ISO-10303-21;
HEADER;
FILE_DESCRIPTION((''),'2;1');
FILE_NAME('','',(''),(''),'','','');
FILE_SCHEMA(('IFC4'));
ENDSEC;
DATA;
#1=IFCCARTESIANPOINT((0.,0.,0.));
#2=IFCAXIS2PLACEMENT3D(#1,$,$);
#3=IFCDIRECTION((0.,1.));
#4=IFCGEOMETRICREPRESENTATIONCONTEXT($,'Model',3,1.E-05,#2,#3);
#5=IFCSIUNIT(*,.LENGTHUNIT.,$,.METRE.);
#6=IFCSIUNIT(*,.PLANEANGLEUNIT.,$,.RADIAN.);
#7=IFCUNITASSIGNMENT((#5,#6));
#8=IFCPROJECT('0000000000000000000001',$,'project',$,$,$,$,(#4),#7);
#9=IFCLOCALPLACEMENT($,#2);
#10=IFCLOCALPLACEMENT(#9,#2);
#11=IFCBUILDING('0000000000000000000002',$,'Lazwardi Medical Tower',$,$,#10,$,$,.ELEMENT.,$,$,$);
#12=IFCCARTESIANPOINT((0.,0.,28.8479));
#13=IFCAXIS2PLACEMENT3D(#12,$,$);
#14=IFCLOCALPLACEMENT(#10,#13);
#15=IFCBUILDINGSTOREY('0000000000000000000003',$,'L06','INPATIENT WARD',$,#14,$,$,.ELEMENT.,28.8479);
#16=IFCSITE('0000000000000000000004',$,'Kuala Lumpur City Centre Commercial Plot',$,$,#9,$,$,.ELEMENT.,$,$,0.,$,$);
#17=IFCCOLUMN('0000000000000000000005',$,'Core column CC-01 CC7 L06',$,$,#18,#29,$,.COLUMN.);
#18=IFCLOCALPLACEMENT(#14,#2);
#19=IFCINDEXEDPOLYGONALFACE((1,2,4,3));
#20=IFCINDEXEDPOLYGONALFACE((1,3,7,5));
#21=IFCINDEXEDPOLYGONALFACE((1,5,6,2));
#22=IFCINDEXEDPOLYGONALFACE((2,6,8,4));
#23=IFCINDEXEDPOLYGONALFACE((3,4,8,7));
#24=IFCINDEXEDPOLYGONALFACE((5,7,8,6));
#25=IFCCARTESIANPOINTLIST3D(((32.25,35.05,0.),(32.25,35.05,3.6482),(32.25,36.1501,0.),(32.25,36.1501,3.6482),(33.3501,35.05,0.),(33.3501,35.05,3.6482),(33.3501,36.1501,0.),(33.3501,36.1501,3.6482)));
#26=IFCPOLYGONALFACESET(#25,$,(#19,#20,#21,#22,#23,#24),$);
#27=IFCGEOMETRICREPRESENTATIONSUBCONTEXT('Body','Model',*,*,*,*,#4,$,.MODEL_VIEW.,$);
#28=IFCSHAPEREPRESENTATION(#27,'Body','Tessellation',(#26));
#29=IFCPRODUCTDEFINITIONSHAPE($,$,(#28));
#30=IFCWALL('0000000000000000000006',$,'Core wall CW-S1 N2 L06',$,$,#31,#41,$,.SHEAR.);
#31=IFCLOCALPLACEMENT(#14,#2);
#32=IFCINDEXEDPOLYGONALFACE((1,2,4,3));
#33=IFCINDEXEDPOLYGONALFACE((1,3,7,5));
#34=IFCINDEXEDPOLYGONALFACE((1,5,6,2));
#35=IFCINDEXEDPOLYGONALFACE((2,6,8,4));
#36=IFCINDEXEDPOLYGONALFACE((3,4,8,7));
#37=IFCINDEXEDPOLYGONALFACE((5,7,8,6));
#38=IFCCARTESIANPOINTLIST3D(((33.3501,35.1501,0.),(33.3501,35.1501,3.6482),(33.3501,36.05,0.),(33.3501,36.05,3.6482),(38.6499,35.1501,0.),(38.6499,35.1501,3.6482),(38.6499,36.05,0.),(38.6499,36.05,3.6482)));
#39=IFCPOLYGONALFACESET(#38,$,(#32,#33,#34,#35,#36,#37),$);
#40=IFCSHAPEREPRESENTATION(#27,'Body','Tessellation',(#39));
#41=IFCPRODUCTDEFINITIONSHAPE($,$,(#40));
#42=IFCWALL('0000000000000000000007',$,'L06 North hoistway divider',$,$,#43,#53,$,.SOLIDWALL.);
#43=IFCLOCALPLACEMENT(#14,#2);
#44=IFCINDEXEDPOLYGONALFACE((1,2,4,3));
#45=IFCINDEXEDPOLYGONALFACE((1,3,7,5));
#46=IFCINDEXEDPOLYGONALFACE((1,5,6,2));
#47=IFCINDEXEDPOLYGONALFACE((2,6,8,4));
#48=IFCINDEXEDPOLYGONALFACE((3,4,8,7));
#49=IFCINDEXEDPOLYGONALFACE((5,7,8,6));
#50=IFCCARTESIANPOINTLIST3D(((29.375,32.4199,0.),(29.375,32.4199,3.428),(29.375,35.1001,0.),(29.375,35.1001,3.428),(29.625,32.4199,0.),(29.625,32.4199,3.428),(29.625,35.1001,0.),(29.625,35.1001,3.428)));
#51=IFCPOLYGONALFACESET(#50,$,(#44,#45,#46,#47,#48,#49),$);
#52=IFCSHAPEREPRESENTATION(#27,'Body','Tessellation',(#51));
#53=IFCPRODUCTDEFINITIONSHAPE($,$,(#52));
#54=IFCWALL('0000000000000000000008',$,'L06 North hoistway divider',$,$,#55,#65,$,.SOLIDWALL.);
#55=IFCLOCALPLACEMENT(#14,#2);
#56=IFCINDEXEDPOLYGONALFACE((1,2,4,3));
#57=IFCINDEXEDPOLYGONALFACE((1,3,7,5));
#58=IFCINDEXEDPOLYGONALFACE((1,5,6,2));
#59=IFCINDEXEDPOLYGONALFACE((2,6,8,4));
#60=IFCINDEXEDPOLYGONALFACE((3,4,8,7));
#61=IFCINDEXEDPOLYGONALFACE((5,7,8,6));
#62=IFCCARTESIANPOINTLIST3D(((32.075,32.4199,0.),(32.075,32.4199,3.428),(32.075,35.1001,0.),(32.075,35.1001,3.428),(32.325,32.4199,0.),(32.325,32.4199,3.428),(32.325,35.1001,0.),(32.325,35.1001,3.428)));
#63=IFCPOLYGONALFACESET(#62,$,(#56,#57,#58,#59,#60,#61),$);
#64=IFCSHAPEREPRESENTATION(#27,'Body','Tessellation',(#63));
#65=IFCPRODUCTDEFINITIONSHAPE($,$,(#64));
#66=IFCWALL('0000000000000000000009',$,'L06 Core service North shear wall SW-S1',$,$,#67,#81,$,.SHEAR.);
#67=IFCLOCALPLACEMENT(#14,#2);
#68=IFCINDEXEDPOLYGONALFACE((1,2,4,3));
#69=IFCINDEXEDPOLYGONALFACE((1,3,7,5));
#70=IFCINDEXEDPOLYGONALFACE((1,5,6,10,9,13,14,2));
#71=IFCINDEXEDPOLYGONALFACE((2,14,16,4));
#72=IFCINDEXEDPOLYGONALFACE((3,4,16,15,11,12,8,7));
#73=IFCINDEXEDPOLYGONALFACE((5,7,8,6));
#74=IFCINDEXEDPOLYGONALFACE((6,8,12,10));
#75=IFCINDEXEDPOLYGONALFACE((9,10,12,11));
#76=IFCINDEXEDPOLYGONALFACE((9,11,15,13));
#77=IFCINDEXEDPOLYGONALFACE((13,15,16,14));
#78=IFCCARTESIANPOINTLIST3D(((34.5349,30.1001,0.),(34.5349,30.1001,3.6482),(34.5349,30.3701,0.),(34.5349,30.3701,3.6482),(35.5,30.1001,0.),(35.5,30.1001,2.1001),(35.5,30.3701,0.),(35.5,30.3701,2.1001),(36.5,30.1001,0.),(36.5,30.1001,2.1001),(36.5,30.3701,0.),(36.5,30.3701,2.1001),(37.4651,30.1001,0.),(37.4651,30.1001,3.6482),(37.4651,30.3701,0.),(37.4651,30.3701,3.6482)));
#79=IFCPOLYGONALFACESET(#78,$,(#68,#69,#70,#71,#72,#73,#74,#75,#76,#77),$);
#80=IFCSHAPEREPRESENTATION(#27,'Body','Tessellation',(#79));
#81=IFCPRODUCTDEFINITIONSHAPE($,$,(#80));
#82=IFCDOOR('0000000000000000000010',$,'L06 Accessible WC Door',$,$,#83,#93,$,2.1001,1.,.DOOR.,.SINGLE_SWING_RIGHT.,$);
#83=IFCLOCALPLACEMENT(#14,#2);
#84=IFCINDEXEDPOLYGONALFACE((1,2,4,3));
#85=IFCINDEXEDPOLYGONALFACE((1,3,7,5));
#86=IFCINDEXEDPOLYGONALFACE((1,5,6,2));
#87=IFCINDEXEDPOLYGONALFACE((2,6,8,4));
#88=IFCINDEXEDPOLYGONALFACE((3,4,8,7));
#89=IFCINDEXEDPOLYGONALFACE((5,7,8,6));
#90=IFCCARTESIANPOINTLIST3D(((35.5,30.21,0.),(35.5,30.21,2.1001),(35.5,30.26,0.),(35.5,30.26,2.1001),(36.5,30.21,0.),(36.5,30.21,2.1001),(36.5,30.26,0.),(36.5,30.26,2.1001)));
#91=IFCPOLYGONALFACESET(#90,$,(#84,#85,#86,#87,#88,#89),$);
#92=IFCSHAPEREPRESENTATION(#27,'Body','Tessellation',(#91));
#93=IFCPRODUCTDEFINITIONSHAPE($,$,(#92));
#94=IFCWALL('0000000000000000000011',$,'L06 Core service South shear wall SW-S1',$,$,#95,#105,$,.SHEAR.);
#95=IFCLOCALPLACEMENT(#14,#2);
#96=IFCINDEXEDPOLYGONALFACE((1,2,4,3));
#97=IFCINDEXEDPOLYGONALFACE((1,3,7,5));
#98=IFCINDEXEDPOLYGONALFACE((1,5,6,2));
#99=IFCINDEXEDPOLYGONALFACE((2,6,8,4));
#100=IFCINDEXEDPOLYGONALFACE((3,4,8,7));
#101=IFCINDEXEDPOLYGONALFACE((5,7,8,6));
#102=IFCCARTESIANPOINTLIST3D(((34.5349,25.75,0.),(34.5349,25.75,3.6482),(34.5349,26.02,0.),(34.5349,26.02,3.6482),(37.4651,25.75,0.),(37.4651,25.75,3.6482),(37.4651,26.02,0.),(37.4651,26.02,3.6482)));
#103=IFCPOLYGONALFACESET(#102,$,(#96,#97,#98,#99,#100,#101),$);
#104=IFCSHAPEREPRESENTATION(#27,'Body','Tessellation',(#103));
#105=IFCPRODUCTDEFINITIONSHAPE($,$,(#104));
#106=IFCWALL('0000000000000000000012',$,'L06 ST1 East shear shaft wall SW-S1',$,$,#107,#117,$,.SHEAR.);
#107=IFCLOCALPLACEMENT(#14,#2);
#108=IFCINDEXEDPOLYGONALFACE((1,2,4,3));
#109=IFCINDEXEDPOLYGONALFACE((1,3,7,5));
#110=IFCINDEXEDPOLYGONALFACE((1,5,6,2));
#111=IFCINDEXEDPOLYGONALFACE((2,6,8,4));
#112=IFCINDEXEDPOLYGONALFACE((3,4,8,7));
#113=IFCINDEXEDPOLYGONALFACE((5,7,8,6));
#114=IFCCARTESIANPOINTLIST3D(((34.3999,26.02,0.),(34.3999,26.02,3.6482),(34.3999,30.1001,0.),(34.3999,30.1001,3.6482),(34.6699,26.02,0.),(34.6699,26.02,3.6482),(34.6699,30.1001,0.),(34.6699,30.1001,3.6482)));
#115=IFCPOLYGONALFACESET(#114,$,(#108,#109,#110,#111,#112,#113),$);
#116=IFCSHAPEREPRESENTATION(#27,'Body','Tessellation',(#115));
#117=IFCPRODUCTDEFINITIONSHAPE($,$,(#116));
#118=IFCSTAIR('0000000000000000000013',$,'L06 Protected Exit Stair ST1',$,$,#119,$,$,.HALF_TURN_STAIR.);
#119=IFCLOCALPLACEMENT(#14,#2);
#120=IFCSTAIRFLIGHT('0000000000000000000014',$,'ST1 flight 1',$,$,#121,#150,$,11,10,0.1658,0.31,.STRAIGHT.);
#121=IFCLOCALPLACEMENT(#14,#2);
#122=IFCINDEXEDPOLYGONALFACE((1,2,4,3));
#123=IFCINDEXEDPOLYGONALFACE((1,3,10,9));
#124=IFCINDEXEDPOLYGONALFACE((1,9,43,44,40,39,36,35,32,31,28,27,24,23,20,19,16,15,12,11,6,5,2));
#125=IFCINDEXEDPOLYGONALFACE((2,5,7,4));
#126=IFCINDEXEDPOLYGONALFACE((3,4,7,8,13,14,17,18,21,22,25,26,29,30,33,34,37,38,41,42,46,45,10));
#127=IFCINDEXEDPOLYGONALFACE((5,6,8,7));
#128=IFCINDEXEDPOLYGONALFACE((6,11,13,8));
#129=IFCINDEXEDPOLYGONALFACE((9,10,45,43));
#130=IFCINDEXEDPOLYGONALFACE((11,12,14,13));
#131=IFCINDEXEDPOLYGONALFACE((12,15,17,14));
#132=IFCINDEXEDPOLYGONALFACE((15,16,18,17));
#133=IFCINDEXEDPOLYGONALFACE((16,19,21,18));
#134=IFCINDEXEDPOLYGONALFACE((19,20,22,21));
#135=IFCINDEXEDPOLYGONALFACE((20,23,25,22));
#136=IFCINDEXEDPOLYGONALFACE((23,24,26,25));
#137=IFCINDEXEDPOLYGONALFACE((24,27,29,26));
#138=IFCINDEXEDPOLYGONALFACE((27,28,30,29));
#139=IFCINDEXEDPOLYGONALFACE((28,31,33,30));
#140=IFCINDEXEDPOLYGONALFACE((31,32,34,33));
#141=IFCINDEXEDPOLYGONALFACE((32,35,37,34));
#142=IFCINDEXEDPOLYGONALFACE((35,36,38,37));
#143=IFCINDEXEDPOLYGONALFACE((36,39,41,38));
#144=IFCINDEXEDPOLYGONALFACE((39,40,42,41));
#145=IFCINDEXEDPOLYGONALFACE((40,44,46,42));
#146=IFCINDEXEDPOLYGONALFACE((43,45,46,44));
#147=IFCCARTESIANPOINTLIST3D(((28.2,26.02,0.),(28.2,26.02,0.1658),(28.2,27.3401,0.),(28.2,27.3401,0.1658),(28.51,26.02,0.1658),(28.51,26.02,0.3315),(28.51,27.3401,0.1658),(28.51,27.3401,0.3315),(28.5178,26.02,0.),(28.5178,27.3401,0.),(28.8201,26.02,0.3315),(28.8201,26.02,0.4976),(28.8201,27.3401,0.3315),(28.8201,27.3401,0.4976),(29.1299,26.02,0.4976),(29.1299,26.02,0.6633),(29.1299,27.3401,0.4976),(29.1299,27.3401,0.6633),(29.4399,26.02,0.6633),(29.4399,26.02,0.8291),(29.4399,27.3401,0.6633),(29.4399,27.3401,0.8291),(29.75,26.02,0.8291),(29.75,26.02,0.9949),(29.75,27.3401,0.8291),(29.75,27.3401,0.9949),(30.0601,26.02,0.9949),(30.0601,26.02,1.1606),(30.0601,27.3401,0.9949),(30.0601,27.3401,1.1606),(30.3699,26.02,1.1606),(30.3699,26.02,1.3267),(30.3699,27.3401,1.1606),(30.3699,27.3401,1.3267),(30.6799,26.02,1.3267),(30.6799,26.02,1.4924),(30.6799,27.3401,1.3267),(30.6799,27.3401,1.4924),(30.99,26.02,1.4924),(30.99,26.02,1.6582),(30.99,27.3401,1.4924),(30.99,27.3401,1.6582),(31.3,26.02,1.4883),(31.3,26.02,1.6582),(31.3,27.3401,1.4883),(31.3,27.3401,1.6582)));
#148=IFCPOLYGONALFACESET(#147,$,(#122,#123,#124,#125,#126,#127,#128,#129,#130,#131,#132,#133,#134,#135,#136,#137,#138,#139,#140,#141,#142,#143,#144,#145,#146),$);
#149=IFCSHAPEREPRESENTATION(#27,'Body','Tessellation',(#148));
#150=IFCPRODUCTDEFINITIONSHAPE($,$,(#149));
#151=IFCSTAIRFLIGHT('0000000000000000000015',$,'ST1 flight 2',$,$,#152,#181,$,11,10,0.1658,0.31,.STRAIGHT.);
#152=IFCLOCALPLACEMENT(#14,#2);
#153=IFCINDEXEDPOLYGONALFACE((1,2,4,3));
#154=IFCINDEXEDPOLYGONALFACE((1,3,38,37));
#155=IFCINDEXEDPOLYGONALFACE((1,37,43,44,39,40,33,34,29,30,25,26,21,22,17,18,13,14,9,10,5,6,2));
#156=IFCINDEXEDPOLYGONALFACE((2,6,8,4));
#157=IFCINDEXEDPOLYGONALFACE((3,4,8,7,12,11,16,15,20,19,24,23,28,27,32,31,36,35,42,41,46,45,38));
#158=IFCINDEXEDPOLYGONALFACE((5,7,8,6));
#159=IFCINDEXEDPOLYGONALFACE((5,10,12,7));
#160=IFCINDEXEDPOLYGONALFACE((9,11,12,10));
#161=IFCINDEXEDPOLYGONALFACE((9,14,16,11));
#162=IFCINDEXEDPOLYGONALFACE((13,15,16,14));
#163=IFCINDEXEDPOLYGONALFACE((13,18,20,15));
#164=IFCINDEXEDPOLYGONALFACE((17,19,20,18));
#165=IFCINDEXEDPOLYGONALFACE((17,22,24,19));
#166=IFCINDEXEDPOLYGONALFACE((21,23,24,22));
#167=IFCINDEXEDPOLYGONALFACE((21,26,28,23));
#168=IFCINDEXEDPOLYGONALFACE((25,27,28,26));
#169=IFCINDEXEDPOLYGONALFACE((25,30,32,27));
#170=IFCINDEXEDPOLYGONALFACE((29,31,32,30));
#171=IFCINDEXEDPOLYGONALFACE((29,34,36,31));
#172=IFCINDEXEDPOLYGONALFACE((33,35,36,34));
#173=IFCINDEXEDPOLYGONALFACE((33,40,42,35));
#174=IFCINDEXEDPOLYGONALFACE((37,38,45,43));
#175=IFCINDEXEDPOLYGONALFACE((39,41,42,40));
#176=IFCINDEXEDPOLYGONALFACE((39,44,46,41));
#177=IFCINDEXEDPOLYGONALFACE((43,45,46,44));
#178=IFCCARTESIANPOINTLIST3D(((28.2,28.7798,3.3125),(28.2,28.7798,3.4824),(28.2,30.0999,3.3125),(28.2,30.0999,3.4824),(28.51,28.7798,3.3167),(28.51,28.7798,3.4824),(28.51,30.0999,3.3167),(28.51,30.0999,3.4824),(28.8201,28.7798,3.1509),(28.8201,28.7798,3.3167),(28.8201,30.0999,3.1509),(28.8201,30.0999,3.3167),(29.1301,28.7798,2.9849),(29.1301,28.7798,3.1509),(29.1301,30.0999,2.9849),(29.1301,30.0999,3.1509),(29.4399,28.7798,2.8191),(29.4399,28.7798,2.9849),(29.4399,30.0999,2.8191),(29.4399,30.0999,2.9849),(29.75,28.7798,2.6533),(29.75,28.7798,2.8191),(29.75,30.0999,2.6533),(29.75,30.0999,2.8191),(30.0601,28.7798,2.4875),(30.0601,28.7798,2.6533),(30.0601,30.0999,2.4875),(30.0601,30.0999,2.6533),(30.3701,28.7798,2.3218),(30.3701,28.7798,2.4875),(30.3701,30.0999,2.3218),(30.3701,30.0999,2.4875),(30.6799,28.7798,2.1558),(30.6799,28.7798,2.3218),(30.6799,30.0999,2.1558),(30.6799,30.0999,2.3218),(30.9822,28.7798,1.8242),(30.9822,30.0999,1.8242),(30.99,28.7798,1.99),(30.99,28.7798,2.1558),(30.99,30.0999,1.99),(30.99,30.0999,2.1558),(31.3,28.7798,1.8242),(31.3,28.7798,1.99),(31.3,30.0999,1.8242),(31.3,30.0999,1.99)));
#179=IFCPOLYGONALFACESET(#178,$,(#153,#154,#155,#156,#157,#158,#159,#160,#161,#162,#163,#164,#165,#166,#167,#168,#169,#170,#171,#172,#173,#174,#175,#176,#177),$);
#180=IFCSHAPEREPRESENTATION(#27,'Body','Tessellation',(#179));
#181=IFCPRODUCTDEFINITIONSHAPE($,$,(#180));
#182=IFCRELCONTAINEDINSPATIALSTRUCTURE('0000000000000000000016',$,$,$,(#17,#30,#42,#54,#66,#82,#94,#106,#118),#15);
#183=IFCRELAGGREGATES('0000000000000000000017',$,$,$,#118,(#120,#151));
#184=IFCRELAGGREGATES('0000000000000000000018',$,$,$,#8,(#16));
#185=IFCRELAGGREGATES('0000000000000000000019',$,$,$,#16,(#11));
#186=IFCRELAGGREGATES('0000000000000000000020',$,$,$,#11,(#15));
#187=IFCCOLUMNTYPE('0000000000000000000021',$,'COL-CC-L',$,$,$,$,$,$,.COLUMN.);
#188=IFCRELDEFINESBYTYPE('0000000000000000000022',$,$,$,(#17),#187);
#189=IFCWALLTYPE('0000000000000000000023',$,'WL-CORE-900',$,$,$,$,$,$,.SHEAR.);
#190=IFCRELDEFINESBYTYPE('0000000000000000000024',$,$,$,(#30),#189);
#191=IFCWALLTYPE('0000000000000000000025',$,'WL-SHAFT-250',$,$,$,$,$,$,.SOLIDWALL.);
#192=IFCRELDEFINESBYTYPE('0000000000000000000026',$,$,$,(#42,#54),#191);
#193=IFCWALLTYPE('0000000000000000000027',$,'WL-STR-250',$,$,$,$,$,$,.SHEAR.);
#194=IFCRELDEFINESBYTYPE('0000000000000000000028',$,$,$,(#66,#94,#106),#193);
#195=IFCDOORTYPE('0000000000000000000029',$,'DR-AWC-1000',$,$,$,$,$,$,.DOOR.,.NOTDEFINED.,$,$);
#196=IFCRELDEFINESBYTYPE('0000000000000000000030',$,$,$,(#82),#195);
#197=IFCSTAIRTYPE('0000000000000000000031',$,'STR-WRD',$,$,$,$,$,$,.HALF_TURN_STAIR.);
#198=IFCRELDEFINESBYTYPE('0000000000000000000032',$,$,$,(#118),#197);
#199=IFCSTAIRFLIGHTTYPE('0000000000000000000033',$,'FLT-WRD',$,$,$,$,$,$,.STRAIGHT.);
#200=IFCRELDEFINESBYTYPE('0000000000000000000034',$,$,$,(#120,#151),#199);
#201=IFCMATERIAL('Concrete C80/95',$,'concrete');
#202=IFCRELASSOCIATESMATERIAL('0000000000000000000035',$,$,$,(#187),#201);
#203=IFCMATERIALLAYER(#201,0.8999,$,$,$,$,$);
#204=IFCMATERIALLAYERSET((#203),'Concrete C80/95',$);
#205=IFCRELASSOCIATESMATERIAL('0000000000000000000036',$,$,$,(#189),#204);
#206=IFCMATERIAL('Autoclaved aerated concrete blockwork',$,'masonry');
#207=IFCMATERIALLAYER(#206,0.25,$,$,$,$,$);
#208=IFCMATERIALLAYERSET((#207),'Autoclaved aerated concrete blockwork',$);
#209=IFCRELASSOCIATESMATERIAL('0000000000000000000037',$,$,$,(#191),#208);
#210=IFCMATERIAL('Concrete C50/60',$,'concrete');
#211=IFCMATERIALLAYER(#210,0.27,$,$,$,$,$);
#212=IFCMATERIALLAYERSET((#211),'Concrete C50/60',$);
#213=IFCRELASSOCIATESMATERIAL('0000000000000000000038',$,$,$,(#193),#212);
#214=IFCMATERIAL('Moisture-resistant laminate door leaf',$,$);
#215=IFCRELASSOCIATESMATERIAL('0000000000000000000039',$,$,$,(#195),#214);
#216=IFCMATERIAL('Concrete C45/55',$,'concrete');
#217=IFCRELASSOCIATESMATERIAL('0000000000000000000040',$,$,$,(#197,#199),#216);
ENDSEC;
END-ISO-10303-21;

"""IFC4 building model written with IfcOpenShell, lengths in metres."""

from ifc_helpers import new_model, si_unit, direction, frame, frame_2d, origin, origin_2d, place, context, subcontext, project, spatial, polyline, rectangle, outline, extrude, material, layer, layer_set, material_profile, profile_set, type_object, element, fill, aggregate, save


model = new_model("IFC4")

# Units and contexts
model_context = context("Model", 3, precision=1e-05, world=origin(), true_north=direction((0.0, 1.0)))
body_context = subcontext(model_context, "Body", "Model", "MODEL_VIEW")
ifc_project = project(units=[si_unit("LENGTHUNIT", "METRE"), si_unit("PLANEANGLEUNIT", "RADIAN")], contexts=[model_context])

# Site, building, storey
site_placement = place(None, origin())
site = spatial("IfcSite", under=ifc_project, at=site_placement, Name="Kuala Lumpur City Centre Commercial Plot", CompositionType="ELEMENT", RefElevation=0.0)
building_placement = place(site_placement, origin())
building = spatial("IfcBuilding", under=site, at=building_placement, Name="Lazwardi Medical Tower", CompositionType="ELEMENT")
storey_placement = place(building_placement, frame((0.0, 0.0, 28.8479)))
storey = spatial("IfcBuildingStorey", under=building, at=storey_placement, Name="L06", Description="INPATIENT WARD", CompositionType="ELEMENT", Elevation=28.8479)

# Column
ifc_material_1 = material(Name="Concrete C80/95", Category="concrete")
ifc_material_profile = material_profile(ifc_material_1, rectangle(XDim=1.1001, YDim=1.1001, at=origin_2d()), Name="RC 1100x1100")
ifc_profile_set = profile_set([ifc_material_profile], Name="Concrete C80/95")
column_type = type_object("IfcColumnType", Name="COL-CC-L", PredefinedType="COLUMN", material=ifc_profile_set)
column_placement = place(storey_placement, frame((32.8, 35.6001, 0.0), z_axis=(0.0, 0.0, 1.0), x_axis=(1.0, 0.0, 0.0)))
element("IfcColumn", 1, at=column_placement, inside=storey, type_object=column_type, Name="Core column CC-01 CC7 L06", PredefinedType="COLUMN", context=body_context, shape_type="SweptSolid", body=[
    extrude(rectangle(XDim=1.1001, YDim=1.1001, at=origin_2d()), origin(), (0.0, 0.0, 1.0), 3.6482),
])

# Walls
ifc_layer_1 = layer(ifc_material_1, 0.8999)
ifc_layer_set_1 = layer_set([ifc_layer_1], Name="Concrete C80/95")
wall_type_1 = type_object("IfcWallType", Name="WL-CORE-900", PredefinedType="SHEAR", material=ifc_layer_set_1)
wall_1_placement = place(storey_placement, frame((33.3501, 35.6001, 0.0), z_axis=(0.0, 0.0, 1.0), x_axis=(1.0, 0.0, 0.0)))
element("IfcWall", 2, at=wall_1_placement, inside=storey, type_object=wall_type_1, Name="Core wall CW-S1 N2 L06", PredefinedType="SHEAR", context=body_context, shape_type="SweptSolid", body=[
    extrude(rectangle(XDim=5.2998, YDim=0.8999, at=frame_2d((2.6499, 0.0))), origin(), (0.0, 0.0, 1.0), 3.6482),
])
ifc_material_2 = material(Name="Autoclaved aerated concrete blockwork", Category="masonry")
ifc_layer_2 = layer(ifc_material_2, 0.25)
ifc_layer_set_2 = layer_set([ifc_layer_2], Name="Autoclaved aerated concrete blockwork")
wall_type_2 = type_object("IfcWallType", Name="WL-SHAFT-250", PredefinedType="SOLIDWALL", material=ifc_layer_set_2)
for number, where, z_axis, x_axis, name in (
    (3, (29.5, 32.4199, 0.0), (0.0, 0.0, 1.0), (0.0, 1.0, 0.0), "L06 North hoistway divider"),
    (4, (32.2, 32.4199, 0.0), (0.0, 0.0, 1.0), (0.0, 1.0, 0.0), "L06 North hoistway divider"),
):
    element("IfcWall", number, at=place(storey_placement, frame(where, z_axis=z_axis, x_axis=x_axis)), inside=storey, type_object=wall_type_2, Name=name, PredefinedType="SOLIDWALL", context=body_context, shape_type="SweptSolid", body=[
        extrude(rectangle(XDim=2.6802, YDim=0.25, at=frame_2d((1.3401, 0.0))), origin(), (0.0, 0.0, 1.0), 3.428),
    ])

# Wall, opening, door
ifc_material_3 = material(Name="Concrete C50/60", Category="concrete")
ifc_layer_3 = layer(ifc_material_3, 0.27)
ifc_layer_set_3 = layer_set([ifc_layer_3], Name="Concrete C50/60")
wall_type_3 = type_object("IfcWallType", Name="WL-STR-250", PredefinedType="SHEAR", material=ifc_layer_set_3)
wall_2_placement = place(storey_placement, frame((34.5349, 30.2351, 0.0), z_axis=(0.0, 0.0, 1.0), x_axis=(1.0, 0.0, 0.0)))
wall_2 = element("IfcWall", 5, at=wall_2_placement, inside=storey, type_object=wall_type_3, Name="L06 Core service North shear wall SW-S1", PredefinedType="SHEAR", context=body_context, shape_type="SweptSolid", body=[
    extrude(rectangle(XDim=2.9302, YDim=0.27, at=frame_2d((1.4651, 0.0))), origin(), (0.0, 0.0, 1.0), 3.6482),
])
opening_placement = place(wall_2_placement, frame((0.9651, 0.0, 0.0)))
opening = element("IfcOpeningElement", 6, at=opening_placement, cuts=wall_2, PredefinedType="OPENING", context=body_context, shape_type="SweptSolid", body=[
    extrude(rectangle(XDim=1.0, YDim=2.1001, at=frame_2d((0.5, 1.05))), frame((0.0, 0.145, 0.0), z_axis=(0.0, -1.0, 0.0), x_axis=(1.0, 0.0, 0.0)), (0.0, 0.0, 1.0), 0.29),
])
ifc_material_4 = material(Name="Moisture-resistant laminate door leaf")
door_type = type_object("IfcDoorType", Name="DR-AWC-1000", OperationType="NOTDEFINED", PredefinedType="DOOR", material=ifc_material_4)
door_placement = place(opening_placement, origin())
door = element("IfcDoor", 7, at=door_placement, inside=storey, type_object=door_type, Name="L06 Accessible WC Door", OperationType="SINGLE_SWING_RIGHT", OverallHeight=2.1001, OverallWidth=1.0, PredefinedType="DOOR", context=body_context, shape_type="SweptSolid", body=[
    extrude(rectangle(XDim=1.0, YDim=2.1001, at=frame_2d((0.5, 1.05))), frame((0.0, 0.0249, 0.0), z_axis=(0.0, -1.0, 0.0), x_axis=(1.0, 0.0, 0.0)), (0.0, 0.0, 1.0), 0.05),
])
fill(opening, door)

# Walls
wall_3_placement = place(storey_placement, frame((34.5349, 25.885, 0.0), z_axis=(0.0, 0.0, 1.0), x_axis=(1.0, 0.0, 0.0)))
element("IfcWall", 8, at=wall_3_placement, inside=storey, type_object=wall_type_3, Name="L06 Core service South shear wall SW-S1", PredefinedType="SHEAR", context=body_context, shape_type="SweptSolid", body=[
    extrude(rectangle(XDim=2.9302, YDim=0.27, at=frame_2d((1.4651, 0.0))), origin(), (0.0, 0.0, 1.0), 3.6482),
])
wall_4_placement = place(storey_placement, frame((34.5349, 26.02, 0.0), z_axis=(0.0, 0.0, 1.0), x_axis=(0.0, 1.0, 0.0)))
element("IfcWall", 9, at=wall_4_placement, inside=storey, type_object=wall_type_3, Name="L06 ST1 East shear shaft wall SW-S1", PredefinedType="SHEAR", context=body_context, shape_type="SweptSolid", body=[
    extrude(rectangle(XDim=4.0801, YDim=0.27, at=frame_2d((2.04, 0.0))), origin(), (0.0, 0.0, 1.0), 3.6482),
])

# Stair, stair flights
ifc_material_5 = material(Name="Concrete C45/55", Category="concrete")
stair_type = type_object("IfcStairType", Name="STR-WRD", PredefinedType="HALF_TURN_STAIR", material=ifc_material_5)
stair_placement = place(storey_placement, origin())
stair = element("IfcStair", 10, at=stair_placement, inside=storey, type_object=stair_type, Name="L06 Protected Exit Stair ST1", PredefinedType="HALF_TURN_STAIR")
stair_flight_type = type_object("IfcStairFlightType", Name="FLT-WRD", PredefinedType="STRAIGHT", material=ifc_material_5)
stair_flight_1_placement = place(storey_placement, frame((28.2, 26.6799, 0.0), z_axis=(0.0, 0.0, 1.0), x_axis=(1.0, 0.0, 0.0)))
stair_flight_1 = element("IfcStairFlight", 11, at=stair_flight_1_placement, type_object=stair_flight_type, Name="ST1 flight 1", NumberOfRisers=11, NumberOfTreads=10, PredefinedType="STRAIGHT", RiserHeight=0.1658, TreadLength=0.31, context=body_context, shape_type="SweptSolid", body=[
    extrude(outline(polyline([(0.0, 0.0), (0.0, 0.1658), (0.3101, 0.1658), (0.3101, 0.3315), (0.6201, 0.3315), (0.6201, 0.4976), (0.9299, 0.4976), (0.9299, 0.6633), (1.24, 0.6633), (1.24, 0.8291), (1.55, 0.8291), (1.55, 0.9949), (1.8601, 0.9949), (1.8601, 1.1606), (2.1699, 1.1606), (2.1699, 1.3267), (2.48, 1.3267), (2.48, 1.4924), (2.79, 1.4924), (2.79, 1.6582), (3.1001, 1.6582), (3.1001, 1.824), (3.1001, 1.4883), (0.3179, 0.0), (0.0, 0.0)])), frame((0.0, 0.6602, 0.0), z_axis=(0.0, -1.0, 0.0), x_axis=(1.0, 0.0, 0.0)), (0.0, 0.0, 1.0), 1.3201),
])
stair_flight_2_placement = place(storey_placement, frame((31.3, 29.4399, 1.8242), z_axis=(0.0, 0.0, 1.0), x_axis=(-1.0, 0.0, 0.0)))
stair_flight_2 = element("IfcStairFlight", 12, at=stair_flight_2_placement, type_object=stair_flight_type, Name="ST1 flight 2", NumberOfRisers=11, NumberOfTreads=10, PredefinedType="STRAIGHT", RiserHeight=0.1658, TreadLength=0.31, context=body_context, shape_type="SweptSolid", body=[
    extrude(outline(polyline([(0.0, 0.0), (0.0, 0.1658), (0.3101, 0.1658), (0.3101, 0.3315), (0.6201, 0.3315), (0.6201, 0.4976), (0.9299, 0.4976), (0.9299, 0.6633), (1.24, 0.6633), (1.24, 0.8291), (1.55, 0.8291), (1.55, 0.9949), (1.8601, 0.9949), (1.8601, 1.1606), (2.1699, 1.1606), (2.1699, 1.3267), (2.48, 1.3267), (2.48, 1.4924), (2.79, 1.4924), (2.79, 1.6582), (3.1001, 1.6582), (3.1001, 1.824), (3.1001, 1.4883), (0.3179, 0.0), (0.0, 0.0)])), frame((0.0, 0.6602, 0.0), z_axis=(0.0, -1.0, 0.0), x_axis=(1.0, 0.0, 0.0)), (0.0, 0.0, 1.0), 1.3201),
])
aggregate(stair, [stair_flight_1, stair_flight_2])

save(model, "model.ifc")
